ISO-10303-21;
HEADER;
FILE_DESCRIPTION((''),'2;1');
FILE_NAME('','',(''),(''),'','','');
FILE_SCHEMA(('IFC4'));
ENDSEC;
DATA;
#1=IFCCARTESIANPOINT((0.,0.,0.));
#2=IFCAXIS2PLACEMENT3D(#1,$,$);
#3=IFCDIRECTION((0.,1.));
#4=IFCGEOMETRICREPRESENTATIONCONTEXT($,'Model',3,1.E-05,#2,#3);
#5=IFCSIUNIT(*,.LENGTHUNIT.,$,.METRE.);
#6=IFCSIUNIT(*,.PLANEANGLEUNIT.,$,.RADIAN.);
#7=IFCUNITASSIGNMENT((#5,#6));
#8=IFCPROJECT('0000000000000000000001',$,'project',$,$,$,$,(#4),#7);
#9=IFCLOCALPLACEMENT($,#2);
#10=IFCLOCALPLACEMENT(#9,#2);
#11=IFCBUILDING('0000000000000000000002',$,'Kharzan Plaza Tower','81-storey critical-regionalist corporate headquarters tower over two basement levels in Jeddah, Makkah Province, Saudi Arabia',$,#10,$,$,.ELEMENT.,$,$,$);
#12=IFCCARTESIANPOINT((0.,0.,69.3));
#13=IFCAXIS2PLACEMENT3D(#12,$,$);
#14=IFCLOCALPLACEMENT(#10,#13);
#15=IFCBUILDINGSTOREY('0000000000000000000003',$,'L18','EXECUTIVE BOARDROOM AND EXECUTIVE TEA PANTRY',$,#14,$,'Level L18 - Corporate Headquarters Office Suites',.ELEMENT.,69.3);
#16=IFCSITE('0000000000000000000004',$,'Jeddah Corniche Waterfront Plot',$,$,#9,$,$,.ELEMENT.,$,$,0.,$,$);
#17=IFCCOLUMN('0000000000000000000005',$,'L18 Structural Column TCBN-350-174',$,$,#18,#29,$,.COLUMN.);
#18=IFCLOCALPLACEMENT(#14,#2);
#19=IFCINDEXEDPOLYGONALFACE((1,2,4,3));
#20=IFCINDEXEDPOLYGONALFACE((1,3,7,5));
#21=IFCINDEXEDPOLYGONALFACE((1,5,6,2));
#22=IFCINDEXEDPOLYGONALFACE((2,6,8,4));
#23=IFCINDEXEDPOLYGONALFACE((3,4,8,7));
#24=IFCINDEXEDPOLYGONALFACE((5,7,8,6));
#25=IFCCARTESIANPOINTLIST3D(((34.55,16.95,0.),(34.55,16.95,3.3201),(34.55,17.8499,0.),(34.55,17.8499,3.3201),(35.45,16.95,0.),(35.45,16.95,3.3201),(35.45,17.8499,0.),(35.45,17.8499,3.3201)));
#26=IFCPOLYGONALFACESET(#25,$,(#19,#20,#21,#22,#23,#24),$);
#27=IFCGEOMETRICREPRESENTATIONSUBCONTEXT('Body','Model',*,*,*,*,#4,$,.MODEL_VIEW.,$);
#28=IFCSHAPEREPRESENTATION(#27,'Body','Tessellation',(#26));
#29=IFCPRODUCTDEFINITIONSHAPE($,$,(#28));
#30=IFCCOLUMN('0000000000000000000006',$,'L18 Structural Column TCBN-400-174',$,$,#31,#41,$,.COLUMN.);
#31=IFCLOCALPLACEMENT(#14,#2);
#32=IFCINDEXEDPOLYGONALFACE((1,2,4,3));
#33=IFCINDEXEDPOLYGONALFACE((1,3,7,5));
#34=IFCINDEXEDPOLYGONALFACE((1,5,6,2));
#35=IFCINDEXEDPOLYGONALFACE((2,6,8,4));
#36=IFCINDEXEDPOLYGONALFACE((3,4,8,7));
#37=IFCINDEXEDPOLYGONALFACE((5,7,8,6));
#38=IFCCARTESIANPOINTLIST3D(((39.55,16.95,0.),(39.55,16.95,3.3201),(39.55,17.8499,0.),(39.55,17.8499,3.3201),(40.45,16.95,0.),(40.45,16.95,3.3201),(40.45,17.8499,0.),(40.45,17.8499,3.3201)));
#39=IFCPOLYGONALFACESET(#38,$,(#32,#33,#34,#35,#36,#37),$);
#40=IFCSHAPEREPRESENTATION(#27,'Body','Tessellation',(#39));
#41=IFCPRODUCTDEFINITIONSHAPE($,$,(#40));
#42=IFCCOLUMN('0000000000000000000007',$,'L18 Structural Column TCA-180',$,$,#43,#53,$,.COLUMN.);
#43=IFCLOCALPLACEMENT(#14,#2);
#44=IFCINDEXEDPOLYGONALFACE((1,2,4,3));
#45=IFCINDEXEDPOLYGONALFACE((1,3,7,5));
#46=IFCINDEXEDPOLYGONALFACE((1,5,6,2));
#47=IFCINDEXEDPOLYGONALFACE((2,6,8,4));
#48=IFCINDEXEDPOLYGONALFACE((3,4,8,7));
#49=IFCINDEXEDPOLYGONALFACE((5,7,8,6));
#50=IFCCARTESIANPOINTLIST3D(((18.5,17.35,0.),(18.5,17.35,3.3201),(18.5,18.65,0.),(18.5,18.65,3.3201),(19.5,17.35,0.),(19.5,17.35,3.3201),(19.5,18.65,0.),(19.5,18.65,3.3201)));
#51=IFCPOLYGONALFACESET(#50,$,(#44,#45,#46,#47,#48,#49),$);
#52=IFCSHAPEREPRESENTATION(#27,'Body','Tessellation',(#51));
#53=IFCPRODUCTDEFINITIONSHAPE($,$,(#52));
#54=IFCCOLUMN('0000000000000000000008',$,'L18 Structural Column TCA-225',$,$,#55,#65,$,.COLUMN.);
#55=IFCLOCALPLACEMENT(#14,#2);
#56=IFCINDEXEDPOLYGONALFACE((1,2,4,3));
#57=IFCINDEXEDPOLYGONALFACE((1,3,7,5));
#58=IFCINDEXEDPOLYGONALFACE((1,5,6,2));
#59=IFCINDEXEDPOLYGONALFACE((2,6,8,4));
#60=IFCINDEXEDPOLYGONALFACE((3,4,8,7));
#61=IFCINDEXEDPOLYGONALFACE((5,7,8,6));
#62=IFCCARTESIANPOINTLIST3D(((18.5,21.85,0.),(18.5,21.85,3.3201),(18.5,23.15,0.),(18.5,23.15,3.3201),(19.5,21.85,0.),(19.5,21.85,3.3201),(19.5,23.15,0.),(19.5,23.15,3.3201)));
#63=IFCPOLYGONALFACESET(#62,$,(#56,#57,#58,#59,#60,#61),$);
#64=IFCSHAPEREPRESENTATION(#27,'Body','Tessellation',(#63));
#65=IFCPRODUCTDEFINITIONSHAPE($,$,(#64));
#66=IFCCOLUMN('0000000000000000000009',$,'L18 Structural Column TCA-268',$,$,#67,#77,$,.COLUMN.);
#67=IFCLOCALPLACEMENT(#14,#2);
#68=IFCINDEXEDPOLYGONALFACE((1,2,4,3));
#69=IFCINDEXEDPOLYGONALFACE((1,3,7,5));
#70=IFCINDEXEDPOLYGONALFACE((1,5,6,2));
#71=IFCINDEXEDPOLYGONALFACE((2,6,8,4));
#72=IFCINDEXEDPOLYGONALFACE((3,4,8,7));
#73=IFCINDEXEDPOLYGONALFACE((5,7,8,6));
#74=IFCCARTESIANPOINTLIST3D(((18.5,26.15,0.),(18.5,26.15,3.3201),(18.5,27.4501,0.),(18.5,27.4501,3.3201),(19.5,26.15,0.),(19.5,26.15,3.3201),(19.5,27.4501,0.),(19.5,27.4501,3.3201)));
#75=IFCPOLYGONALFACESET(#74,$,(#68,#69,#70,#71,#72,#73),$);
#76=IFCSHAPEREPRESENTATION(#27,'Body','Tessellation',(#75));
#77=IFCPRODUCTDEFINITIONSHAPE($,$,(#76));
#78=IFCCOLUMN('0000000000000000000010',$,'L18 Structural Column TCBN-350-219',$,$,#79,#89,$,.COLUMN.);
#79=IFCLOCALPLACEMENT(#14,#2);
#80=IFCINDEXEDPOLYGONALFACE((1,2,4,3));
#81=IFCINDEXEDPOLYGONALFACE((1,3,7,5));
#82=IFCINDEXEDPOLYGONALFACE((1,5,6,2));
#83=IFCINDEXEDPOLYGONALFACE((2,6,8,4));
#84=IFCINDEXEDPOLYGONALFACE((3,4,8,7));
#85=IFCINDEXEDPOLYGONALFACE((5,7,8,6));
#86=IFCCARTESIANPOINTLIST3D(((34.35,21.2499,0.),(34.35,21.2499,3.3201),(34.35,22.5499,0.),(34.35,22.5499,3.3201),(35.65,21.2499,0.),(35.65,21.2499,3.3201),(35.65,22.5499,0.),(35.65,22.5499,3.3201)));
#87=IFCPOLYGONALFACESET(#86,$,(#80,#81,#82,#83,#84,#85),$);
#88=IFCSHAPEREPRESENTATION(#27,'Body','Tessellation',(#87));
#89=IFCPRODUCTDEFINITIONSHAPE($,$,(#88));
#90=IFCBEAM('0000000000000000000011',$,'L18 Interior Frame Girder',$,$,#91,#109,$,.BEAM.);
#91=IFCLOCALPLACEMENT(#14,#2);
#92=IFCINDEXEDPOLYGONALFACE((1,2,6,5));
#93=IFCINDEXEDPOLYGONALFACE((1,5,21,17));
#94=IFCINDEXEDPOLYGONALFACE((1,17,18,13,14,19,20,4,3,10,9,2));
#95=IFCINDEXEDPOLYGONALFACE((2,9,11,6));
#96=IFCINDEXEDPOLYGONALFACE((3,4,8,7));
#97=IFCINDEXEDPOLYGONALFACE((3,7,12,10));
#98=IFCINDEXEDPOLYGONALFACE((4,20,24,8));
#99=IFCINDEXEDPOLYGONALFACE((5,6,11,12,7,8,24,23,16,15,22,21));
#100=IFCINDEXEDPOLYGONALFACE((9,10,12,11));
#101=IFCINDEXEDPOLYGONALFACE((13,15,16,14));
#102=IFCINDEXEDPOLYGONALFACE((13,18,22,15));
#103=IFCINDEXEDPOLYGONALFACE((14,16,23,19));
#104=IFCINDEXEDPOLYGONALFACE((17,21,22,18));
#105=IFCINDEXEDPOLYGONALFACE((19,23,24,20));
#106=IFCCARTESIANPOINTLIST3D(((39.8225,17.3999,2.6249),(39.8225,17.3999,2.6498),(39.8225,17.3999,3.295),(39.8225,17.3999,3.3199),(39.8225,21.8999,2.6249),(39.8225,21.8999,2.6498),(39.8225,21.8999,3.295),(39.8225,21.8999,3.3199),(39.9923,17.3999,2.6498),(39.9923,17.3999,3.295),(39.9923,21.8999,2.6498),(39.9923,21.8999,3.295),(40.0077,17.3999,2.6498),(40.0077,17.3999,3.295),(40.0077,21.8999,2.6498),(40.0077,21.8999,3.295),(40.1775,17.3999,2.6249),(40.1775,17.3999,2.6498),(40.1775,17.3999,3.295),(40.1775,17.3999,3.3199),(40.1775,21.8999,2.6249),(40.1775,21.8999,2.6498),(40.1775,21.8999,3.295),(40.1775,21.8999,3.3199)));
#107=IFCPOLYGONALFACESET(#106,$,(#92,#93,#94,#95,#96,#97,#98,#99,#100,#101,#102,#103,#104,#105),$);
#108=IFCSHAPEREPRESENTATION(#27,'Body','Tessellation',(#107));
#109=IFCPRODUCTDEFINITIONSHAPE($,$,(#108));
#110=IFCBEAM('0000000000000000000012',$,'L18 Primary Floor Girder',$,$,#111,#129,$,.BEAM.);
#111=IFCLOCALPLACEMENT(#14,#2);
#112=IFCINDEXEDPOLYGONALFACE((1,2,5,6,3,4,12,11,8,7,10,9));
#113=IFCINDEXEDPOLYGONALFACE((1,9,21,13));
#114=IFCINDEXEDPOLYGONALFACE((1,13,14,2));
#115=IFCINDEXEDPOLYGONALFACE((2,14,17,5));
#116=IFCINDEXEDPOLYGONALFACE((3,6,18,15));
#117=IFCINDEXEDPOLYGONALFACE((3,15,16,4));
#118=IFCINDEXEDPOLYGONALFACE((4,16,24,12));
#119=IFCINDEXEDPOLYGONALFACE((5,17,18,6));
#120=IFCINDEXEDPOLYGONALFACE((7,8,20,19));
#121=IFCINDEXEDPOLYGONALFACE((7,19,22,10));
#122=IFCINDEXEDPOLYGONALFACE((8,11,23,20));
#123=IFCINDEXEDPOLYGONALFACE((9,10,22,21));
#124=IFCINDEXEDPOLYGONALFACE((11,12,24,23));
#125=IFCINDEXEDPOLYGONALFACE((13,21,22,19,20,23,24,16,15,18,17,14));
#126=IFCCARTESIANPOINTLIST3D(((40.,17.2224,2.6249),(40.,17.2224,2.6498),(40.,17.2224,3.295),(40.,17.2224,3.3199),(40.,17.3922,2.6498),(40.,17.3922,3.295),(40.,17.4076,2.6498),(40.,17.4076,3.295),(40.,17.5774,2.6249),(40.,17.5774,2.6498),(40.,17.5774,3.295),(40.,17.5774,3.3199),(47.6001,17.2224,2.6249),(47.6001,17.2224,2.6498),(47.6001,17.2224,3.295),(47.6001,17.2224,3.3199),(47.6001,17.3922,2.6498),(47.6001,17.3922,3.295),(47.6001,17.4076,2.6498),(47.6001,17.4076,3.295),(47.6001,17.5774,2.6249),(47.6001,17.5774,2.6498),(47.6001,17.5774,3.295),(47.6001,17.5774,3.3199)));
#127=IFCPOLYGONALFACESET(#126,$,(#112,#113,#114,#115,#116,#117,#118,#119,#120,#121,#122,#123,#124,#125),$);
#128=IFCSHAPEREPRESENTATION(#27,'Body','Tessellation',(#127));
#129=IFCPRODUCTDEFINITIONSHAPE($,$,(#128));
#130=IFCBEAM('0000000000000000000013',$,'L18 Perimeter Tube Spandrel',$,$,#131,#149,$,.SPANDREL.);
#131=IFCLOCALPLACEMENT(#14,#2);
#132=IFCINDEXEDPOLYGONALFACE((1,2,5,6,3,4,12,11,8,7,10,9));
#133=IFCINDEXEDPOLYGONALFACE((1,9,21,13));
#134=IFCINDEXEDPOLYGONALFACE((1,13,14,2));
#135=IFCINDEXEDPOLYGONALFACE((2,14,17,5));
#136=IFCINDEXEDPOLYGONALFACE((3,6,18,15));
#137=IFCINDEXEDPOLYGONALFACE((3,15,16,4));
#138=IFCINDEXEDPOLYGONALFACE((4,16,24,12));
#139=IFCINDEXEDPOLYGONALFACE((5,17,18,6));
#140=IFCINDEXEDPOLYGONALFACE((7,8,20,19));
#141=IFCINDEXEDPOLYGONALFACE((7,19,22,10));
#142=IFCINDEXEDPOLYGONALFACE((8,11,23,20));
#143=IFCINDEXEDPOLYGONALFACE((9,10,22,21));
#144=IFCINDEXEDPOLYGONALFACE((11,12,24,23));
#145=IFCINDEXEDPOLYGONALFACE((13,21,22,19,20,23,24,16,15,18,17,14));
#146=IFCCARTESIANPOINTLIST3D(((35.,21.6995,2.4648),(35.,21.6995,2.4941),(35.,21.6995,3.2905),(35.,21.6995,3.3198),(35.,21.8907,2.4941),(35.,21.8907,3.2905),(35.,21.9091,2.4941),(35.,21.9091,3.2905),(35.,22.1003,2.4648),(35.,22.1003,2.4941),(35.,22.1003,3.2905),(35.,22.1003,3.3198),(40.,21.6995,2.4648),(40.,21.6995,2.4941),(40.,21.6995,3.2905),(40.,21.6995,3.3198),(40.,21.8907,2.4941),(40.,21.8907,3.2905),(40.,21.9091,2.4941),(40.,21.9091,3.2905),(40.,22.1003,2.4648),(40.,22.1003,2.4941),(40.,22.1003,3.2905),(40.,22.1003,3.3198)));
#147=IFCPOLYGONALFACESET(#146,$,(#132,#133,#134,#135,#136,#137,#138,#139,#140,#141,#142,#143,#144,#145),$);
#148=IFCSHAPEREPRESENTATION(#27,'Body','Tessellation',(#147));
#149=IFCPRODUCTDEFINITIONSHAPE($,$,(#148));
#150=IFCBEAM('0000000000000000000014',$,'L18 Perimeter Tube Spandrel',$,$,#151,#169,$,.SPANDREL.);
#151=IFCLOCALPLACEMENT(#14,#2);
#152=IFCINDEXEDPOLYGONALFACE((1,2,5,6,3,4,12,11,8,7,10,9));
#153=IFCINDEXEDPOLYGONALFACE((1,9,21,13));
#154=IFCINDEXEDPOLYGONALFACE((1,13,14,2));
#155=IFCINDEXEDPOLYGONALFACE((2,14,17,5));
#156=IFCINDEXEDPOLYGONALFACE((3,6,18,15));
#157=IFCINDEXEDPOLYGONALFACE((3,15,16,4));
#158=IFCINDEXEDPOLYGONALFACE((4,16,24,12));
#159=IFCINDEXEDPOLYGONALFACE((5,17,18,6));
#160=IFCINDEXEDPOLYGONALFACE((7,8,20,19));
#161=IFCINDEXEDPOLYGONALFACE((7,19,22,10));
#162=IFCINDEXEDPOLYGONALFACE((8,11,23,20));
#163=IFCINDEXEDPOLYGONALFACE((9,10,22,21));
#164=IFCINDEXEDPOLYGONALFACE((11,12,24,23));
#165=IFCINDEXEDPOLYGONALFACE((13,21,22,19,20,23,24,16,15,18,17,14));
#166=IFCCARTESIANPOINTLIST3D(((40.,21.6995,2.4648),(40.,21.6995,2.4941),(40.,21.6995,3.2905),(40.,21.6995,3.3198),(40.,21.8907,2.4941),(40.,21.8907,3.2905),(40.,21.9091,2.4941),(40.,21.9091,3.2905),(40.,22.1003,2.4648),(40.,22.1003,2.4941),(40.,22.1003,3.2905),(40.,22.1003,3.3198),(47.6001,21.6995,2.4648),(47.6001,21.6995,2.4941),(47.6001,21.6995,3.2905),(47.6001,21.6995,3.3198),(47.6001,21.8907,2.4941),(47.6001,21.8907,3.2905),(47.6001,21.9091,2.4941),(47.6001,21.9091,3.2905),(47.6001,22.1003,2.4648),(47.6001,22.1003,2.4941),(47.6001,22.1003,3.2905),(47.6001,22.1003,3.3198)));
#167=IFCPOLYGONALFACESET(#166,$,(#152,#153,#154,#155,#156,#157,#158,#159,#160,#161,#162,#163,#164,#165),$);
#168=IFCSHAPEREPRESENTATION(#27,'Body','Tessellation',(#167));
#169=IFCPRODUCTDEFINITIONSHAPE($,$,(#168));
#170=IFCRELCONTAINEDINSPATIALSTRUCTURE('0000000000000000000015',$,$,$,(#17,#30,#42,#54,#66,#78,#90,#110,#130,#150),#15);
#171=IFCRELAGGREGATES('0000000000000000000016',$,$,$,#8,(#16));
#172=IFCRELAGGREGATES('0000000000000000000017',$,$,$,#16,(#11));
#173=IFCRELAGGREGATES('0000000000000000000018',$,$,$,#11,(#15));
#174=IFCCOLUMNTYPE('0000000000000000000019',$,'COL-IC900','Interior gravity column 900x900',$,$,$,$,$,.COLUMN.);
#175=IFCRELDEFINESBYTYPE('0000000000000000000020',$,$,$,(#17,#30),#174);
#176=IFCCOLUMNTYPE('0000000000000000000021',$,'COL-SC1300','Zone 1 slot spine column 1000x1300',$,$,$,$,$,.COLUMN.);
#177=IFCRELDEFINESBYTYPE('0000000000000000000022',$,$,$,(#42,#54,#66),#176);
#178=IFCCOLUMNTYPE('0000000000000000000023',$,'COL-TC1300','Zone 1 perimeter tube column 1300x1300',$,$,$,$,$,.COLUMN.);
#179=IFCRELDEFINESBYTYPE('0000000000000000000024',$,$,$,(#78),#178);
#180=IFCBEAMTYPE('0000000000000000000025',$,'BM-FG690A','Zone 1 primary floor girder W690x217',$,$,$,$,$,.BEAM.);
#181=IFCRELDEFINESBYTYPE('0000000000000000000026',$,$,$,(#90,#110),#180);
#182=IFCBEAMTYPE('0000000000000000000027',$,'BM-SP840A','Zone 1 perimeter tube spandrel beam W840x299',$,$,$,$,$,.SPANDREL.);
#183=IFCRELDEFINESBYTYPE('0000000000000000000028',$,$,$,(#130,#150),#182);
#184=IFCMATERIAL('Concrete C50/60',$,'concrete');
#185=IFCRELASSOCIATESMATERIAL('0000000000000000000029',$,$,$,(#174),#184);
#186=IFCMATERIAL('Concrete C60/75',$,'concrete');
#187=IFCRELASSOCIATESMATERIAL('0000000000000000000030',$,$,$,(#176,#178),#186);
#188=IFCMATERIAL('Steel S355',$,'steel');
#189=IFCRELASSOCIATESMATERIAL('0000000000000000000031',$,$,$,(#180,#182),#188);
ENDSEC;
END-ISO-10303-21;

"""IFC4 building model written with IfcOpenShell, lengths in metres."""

from ifc_helpers import new_model, si_unit, direction, frame, origin, origin_2d, place, context, subcontext, project, spatial, rectangle, i_section, extrude, source, transform, mapped, material, material_profile, profile_set, type_object, element, save


model = new_model("IFC4")

# Units and contexts
model_context = context("Model", 3, precision=1e-05, world=origin(), true_north=direction((0.0, 1.0)))
body_context = subcontext(model_context, "Body", "Model", "MODEL_VIEW")
ifc_project = project(units=[si_unit("LENGTHUNIT", "METRE"), si_unit("PLANEANGLEUNIT", "RADIAN")], contexts=[model_context])

# Site, building, storey
site_placement = place(None, origin())
site = spatial("IfcSite", under=ifc_project, at=site_placement, Name="Jeddah Corniche Waterfront Plot", CompositionType="ELEMENT", RefElevation=0.0)
building_placement = place(site_placement, origin())
building = spatial("IfcBuilding", under=site, at=building_placement, Name="Kharzan Plaza Tower", Description="81-storey critical-regionalist corporate headquarters tower over two basement levels in Jeddah, Makkah Province, Saudi Arabia", CompositionType="ELEMENT")
storey_placement = place(building_placement, frame((0.0, 0.0, 69.3)))
storey = spatial("IfcBuildingStorey", under=building, at=storey_placement, Name="L18", Description="EXECUTIVE BOARDROOM AND EXECUTIVE TEA PANTRY", LongName="Level L18 - Corporate Headquarters Office Suites", CompositionType="ELEMENT", Elevation=69.3)

# Columns
ifc_material_1 = material(Name="Concrete C50/60", Category="concrete")
ifc_material_profile_1 = material_profile(ifc_material_1, rectangle(XDim=0.8999, YDim=0.8999, at=origin_2d()), Name="RC-IC900x900")
ifc_profile_set_1 = profile_set([ifc_material_profile_1], Name="Concrete C50/60")
column_type_1 = type_object("IfcColumnType", Name="COL-IC900", Description="Interior gravity column 900x900", PredefinedType="COLUMN", material=ifc_profile_set_1)
shared_shape_1 = source(origin(), body_context, "Body", "SweptSolid", [
    extrude(rectangle(XDim=0.8999, YDim=0.8999, at=origin_2d()), origin(), (0.0, 0.0, 1.0), 3.3201),
])
for number, where, z_axis, x_axis, name in (
    (1, (35.0, 17.3999, 0.0), (0.0, 0.0, 1.0), (1.0, 0.0, 0.0), "L18 Structural Column TCBN-350-174"),
    (2, (40.0, 17.3999, 0.0), (0.0, 0.0, 1.0), (1.0, 0.0, 0.0), "L18 Structural Column TCBN-400-174"),
):
    element("IfcColumn", number, at=place(storey_placement, frame(where, z_axis=z_axis, x_axis=x_axis)), inside=storey, type_object=column_type_1, Name=name, PredefinedType="COLUMN", context=body_context, shape_type="MappedRepresentation", body=[
        mapped(shared_shape_1, transform((0.0, 0.0, 0.0), x_axis=(1.0, 0.0, 0.0), y_axis=(0.0, 1.0, 0.0), z_axis=(0.0, 0.0, 1.0))),
    ])
ifc_material_2 = material(Name="Concrete C60/75", Category="concrete")
ifc_material_profile_2 = material_profile(ifc_material_2, rectangle(XDim=1.0, YDim=1.3, at=origin_2d()), Name="RC-SC1300x1000")
ifc_profile_set_2 = profile_set([ifc_material_profile_2], Name="Concrete C60/75")
column_type_2 = type_object("IfcColumnType", Name="COL-SC1300", Description="Zone 1 slot spine column 1000x1300", PredefinedType="COLUMN", material=ifc_profile_set_2)
shared_shape_2 = source(origin(), body_context, "Body", "SweptSolid", [
    extrude(rectangle(XDim=1.0, YDim=1.3, at=origin_2d()), origin(), (0.0, 0.0, 1.0), 3.3201),
])
for number, where, z_axis, x_axis, name in (
    (3, (19.0, 18.0, 0.0), (0.0, 0.0, 1.0), (1.0, 0.0, 0.0), "L18 Structural Column TCA-180"),
    (4, (19.0, 22.5, 0.0), (0.0, 0.0, 1.0), (1.0, 0.0, 0.0), "L18 Structural Column TCA-225"),
    (5, (19.0, 26.8, 0.0), (0.0, 0.0, 1.0), (1.0, 0.0, 0.0), "L18 Structural Column TCA-268"),
):
    element("IfcColumn", number, at=place(storey_placement, frame(where, z_axis=z_axis, x_axis=x_axis)), inside=storey, type_object=column_type_2, Name=name, PredefinedType="COLUMN", context=body_context, shape_type="MappedRepresentation", body=[
        mapped(shared_shape_2, transform((0.0, 0.0, 0.0), x_axis=(1.0, 0.0, 0.0), y_axis=(0.0, 1.0, 0.0), z_axis=(0.0, 0.0, 1.0))),
    ])
ifc_material_profile_3 = material_profile(ifc_material_2, rectangle(XDim=1.3, YDim=1.3, at=origin_2d()), Name="RC-TC1300x1300")
ifc_profile_set_3 = profile_set([ifc_material_profile_3], Name="Concrete C60/75")
column_type_3 = type_object("IfcColumnType", Name="COL-TC1300", Description="Zone 1 perimeter tube column 1300x1300", PredefinedType="COLUMN", material=ifc_profile_set_3)
shared_shape_3 = source(origin(), body_context, "Body", "SweptSolid", [
    extrude(rectangle(XDim=1.3, YDim=1.3, at=origin_2d()), origin(), (0.0, 0.0, 1.0), 3.3201),
])
column_placement = place(storey_placement, frame((35.0, 21.8999, 0.0), z_axis=(0.0, 0.0, 1.0), x_axis=(1.0, 0.0, 0.0)))
element("IfcColumn", 6, at=column_placement, inside=storey, type_object=column_type_3, Name="L18 Structural Column TCBN-350-219", PredefinedType="COLUMN", context=body_context, shape_type="MappedRepresentation", body=[
    mapped(shared_shape_3, transform((0.0, 0.0, 0.0), x_axis=(1.0, 0.0, 0.0), y_axis=(0.0, 1.0, 0.0), z_axis=(0.0, 0.0, 1.0))),
])

# Beams
ifc_material_3 = material(Name="Steel S355", Category="steel")
ifc_material_profile_4 = material_profile(ifc_material_3, i_section(OverallWidth=0.355, OverallDepth=0.6951, WebThickness=0.0154, FlangeThickness=0.0249, at=origin_2d()), Name="W690x217")
ifc_profile_set_4 = profile_set([ifc_material_profile_4], Name="Steel S355")
beam_type_1 = type_object("IfcBeamType", Name="BM-FG690A", Description="Zone 1 primary floor girder W690x217", PredefinedType="BEAM", material=ifc_profile_set_4)
shared_shape_4 = source(origin(), body_context, "Body", "SweptSolid", [
    extrude(i_section(OverallWidth=0.355, OverallDepth=0.6951, WebThickness=0.0154, FlangeThickness=0.0249, at=origin_2d()), origin(), (0.0, 0.0, 1.0), 4.5),
])
beam_1_placement = place(storey_placement, frame((40.0, 17.3999, 2.9724), z_axis=(0.0, 1.0, 0.0), x_axis=(-1.0, 0.0, 0.0)))
element("IfcBeam", 7, at=beam_1_placement, inside=storey, type_object=beam_type_1, Name="L18 Interior Frame Girder", PredefinedType="BEAM", context=body_context, shape_type="MappedRepresentation", body=[
    mapped(shared_shape_4, transform((0.0, 0.0, 0.0), x_axis=(1.0, 0.0, 0.0), y_axis=(0.0, 1.0, 0.0), z_axis=(0.0, 0.0, 1.0))),
])
shared_shape_5 = source(origin(), body_context, "Body", "SweptSolid", [
    extrude(i_section(OverallWidth=0.355, OverallDepth=0.6951, WebThickness=0.0154, FlangeThickness=0.0249, at=origin_2d()), origin(), (0.0, 0.0, 1.0), 7.6001),
])
beam_2_placement = place(storey_placement, frame((40.0, 17.3999, 2.9724), z_axis=(1.0, 0.0, 0.0), x_axis=(0.0, 1.0, 0.0)))
element("IfcBeam", 8, at=beam_2_placement, inside=storey, type_object=beam_type_1, Name="L18 Primary Floor Girder", PredefinedType="BEAM", context=body_context, shape_type="MappedRepresentation", body=[
    mapped(shared_shape_5, transform((0.0, 0.0, 0.0), x_axis=(1.0, 0.0, 0.0), y_axis=(0.0, 1.0, 0.0), z_axis=(0.0, 0.0, 1.0))),
])
ifc_material_profile_5 = material_profile(ifc_material_3, i_section(OverallWidth=0.4009, OverallDepth=0.855, WebThickness=0.0183, FlangeThickness=0.0293, at=origin_2d()), Name="W840x299")
ifc_profile_set_5 = profile_set([ifc_material_profile_5], Name="Steel S355")
beam_type_2 = type_object("IfcBeamType", Name="BM-SP840A", Description="Zone 1 perimeter tube spandrel beam W840x299", PredefinedType="SPANDREL", material=ifc_profile_set_5)
shared_shape_6 = source(origin(), body_context, "Body", "SweptSolid", [
    extrude(i_section(OverallWidth=0.4009, OverallDepth=0.855, WebThickness=0.0183, FlangeThickness=0.0293, at=origin_2d()), origin(), (0.0, 0.0, 1.0), 5.0),
])
beam_3_placement = place(storey_placement, frame((35.0, 21.8999, 2.8923), z_axis=(1.0, 0.0, 0.0), x_axis=(0.0, 1.0, 0.0)))
element("IfcBeam", 9, at=beam_3_placement, inside=storey, type_object=beam_type_2, Name="L18 Perimeter Tube Spandrel", PredefinedType="SPANDREL", context=body_context, shape_type="MappedRepresentation", body=[
    mapped(shared_shape_6, transform((0.0, 0.0, 0.0), x_axis=(1.0, 0.0, 0.0), y_axis=(0.0, 1.0, 0.0), z_axis=(0.0, 0.0, 1.0))),
])
shared_shape_7 = source(origin(), body_context, "Body", "SweptSolid", [
    extrude(i_section(OverallWidth=0.4009, OverallDepth=0.855, WebThickness=0.0183, FlangeThickness=0.0293, at=origin_2d()), origin(), (0.0, 0.0, 1.0), 7.6001),
])
beam_4_placement = place(storey_placement, frame((40.0, 21.8999, 2.8923), z_axis=(1.0, 0.0, 0.0), x_axis=(0.0, 1.0, 0.0)))
element("IfcBeam", 10, at=beam_4_placement, inside=storey, type_object=beam_type_2, Name="L18 Perimeter Tube Spandrel", PredefinedType="SPANDREL", context=body_context, shape_type="MappedRepresentation", body=[
    mapped(shared_shape_7, transform((0.0, 0.0, 0.0), x_axis=(1.0, 0.0, 0.0), y_axis=(0.0, 1.0, 0.0), z_axis=(0.0, 0.0, 1.0))),
])

save(model, "model.ifc")
